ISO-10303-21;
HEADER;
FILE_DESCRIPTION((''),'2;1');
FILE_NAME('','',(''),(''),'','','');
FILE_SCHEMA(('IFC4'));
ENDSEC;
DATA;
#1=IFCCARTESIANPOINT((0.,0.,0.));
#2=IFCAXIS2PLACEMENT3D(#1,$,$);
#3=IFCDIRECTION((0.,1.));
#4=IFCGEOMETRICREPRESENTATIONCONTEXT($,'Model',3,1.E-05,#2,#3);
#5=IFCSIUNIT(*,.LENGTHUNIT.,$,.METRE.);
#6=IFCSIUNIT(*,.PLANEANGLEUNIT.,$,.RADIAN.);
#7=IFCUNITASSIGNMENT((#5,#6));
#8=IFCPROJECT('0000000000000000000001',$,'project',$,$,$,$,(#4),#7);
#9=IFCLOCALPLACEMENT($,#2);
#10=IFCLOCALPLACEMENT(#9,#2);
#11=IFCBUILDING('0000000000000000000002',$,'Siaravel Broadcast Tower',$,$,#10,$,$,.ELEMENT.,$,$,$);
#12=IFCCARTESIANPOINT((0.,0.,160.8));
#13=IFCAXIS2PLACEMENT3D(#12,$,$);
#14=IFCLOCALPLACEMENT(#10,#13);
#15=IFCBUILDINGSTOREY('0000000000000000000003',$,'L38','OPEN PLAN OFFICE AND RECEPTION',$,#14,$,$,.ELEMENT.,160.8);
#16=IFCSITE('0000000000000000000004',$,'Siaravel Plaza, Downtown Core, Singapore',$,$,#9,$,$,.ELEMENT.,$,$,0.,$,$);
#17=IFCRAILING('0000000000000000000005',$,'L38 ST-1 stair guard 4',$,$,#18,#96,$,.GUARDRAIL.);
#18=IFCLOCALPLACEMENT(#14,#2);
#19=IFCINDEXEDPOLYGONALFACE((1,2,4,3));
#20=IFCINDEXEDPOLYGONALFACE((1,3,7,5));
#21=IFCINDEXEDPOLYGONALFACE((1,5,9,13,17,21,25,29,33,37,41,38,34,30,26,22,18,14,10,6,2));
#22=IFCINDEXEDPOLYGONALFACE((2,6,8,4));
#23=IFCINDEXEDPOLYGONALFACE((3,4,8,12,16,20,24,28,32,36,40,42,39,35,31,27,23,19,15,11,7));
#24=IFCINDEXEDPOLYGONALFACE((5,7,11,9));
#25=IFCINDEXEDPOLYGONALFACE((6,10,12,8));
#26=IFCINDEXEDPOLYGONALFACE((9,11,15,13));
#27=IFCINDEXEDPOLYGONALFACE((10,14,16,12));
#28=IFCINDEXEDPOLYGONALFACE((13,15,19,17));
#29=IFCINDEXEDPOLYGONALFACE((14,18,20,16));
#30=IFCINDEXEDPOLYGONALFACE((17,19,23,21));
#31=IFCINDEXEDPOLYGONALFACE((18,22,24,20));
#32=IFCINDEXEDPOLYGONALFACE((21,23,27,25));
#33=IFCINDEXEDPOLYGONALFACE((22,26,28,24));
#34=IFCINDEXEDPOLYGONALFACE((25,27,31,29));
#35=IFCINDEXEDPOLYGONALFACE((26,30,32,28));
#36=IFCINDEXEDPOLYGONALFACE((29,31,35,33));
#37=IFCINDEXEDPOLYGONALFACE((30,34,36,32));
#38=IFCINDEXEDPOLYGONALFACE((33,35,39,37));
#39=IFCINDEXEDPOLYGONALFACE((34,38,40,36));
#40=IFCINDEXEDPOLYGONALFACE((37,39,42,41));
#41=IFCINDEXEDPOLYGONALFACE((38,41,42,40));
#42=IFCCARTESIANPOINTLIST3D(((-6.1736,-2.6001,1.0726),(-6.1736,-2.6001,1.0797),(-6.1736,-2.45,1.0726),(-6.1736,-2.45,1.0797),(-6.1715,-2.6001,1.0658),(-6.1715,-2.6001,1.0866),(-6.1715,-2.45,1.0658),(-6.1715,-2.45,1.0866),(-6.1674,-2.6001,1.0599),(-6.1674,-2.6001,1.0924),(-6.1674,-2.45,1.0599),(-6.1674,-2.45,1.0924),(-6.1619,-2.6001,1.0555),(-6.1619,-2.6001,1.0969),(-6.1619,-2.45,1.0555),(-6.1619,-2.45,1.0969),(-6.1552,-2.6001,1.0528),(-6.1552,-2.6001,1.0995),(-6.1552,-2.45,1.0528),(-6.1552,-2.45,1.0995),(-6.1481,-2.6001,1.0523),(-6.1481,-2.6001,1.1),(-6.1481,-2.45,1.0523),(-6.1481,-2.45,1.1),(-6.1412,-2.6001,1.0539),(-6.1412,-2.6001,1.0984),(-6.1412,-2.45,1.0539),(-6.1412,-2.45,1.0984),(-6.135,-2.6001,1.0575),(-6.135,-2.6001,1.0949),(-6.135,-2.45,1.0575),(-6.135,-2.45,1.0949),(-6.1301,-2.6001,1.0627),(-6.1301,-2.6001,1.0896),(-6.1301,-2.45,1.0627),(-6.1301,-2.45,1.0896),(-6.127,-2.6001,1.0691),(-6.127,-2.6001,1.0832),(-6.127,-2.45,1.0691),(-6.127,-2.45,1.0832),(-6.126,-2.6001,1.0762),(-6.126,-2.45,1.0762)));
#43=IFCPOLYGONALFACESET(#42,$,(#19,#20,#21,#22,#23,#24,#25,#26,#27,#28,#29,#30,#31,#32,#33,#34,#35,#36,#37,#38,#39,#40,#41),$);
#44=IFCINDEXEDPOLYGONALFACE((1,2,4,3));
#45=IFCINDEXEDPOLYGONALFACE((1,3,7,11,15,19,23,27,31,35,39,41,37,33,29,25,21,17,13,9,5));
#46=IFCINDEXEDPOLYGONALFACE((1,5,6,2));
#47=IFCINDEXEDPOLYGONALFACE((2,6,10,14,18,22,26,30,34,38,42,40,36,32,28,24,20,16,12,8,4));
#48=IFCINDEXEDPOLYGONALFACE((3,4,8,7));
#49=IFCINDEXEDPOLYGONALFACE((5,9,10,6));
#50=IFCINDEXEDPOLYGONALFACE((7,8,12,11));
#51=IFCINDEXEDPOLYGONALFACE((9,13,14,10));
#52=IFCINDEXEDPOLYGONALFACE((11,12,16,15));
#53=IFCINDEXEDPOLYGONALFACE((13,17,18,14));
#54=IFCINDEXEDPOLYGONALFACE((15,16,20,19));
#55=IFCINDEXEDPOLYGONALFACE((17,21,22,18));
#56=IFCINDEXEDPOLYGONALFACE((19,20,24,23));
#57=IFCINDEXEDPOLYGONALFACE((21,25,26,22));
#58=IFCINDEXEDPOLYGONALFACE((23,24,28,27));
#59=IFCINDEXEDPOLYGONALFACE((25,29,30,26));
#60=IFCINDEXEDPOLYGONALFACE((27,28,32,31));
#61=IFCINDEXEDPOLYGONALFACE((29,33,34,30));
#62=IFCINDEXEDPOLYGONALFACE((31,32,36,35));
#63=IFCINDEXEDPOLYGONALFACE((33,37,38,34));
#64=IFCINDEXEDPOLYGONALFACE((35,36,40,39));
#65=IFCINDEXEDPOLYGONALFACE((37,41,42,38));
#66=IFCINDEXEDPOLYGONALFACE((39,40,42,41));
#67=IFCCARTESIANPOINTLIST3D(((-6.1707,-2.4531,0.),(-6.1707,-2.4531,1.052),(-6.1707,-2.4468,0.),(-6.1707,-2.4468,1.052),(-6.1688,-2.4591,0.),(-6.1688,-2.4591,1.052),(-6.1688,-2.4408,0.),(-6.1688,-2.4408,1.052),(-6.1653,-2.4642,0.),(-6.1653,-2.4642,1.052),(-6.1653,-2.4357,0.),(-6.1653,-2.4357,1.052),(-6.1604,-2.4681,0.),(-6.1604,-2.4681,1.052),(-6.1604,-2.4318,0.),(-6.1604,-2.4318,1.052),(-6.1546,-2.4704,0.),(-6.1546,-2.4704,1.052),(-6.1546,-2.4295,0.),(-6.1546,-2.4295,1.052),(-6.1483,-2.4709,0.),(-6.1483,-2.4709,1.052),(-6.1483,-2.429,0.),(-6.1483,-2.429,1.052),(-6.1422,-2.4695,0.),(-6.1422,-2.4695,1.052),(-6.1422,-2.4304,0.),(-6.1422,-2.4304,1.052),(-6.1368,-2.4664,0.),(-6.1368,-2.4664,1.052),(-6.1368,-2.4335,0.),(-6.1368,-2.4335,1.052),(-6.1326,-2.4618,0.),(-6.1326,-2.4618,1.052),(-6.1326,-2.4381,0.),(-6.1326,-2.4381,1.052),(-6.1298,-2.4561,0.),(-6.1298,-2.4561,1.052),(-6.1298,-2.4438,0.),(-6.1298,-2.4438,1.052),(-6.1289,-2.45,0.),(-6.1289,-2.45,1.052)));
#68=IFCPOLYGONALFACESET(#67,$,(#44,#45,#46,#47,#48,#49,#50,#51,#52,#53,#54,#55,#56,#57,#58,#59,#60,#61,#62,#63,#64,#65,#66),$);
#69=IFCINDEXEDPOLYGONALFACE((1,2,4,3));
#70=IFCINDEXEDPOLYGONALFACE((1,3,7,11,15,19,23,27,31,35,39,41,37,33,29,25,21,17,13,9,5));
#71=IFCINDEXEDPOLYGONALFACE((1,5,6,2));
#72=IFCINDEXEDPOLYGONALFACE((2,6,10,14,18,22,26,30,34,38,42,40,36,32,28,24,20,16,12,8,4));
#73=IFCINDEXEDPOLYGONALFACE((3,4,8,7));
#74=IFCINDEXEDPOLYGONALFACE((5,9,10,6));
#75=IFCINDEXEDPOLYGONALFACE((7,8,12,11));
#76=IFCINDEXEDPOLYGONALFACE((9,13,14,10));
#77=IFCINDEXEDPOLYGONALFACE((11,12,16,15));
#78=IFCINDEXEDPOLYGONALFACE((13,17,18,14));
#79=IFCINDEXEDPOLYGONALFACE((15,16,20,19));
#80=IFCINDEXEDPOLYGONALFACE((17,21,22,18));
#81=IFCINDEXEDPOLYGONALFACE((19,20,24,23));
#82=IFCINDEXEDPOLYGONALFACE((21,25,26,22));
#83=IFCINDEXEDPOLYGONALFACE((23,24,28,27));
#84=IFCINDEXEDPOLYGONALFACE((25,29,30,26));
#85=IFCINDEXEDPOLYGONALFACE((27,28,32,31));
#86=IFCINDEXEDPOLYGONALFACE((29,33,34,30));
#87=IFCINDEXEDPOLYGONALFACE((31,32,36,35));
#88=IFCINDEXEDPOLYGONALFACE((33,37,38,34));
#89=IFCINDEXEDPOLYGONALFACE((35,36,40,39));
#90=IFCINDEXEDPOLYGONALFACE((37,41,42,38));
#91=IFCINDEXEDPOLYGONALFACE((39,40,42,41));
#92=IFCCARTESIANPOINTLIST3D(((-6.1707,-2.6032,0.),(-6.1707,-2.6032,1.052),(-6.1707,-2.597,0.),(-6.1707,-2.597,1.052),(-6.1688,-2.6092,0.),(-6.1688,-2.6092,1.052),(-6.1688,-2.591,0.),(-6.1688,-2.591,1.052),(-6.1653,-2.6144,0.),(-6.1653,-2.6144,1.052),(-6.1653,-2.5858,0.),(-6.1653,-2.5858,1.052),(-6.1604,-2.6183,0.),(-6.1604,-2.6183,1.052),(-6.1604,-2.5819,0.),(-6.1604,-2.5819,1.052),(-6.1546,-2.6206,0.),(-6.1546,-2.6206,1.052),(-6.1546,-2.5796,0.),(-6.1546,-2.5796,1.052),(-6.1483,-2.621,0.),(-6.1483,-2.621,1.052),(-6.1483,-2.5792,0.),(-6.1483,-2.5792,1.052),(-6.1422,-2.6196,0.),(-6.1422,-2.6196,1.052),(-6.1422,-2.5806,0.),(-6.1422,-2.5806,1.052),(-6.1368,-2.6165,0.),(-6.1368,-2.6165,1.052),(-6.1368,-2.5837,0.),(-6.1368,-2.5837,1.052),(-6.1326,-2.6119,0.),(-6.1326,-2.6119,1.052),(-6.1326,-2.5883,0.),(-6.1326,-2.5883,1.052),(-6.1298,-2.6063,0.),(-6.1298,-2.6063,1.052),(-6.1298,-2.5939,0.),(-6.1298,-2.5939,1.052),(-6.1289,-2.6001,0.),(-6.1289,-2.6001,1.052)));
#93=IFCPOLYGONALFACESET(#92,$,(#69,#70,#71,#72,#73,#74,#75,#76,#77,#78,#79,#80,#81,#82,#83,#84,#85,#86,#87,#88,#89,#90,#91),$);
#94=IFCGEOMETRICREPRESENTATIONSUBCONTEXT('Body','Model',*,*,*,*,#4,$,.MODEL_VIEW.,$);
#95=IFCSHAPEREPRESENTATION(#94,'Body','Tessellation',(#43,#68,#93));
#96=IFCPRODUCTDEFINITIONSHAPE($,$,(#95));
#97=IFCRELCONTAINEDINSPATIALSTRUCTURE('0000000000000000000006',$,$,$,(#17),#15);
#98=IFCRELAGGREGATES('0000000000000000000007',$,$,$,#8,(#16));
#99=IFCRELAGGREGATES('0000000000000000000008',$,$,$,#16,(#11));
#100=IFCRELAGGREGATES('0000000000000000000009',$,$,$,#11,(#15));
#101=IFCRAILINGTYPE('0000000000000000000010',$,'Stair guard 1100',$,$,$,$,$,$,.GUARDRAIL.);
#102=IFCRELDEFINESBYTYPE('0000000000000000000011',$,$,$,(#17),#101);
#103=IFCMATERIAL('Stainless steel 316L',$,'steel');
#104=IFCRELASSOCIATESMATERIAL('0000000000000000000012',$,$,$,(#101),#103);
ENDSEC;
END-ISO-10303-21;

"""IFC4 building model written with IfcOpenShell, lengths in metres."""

from ifc_helpers import new_model, si_unit, direction, frame, origin, origin_2d, place, context, subcontext, project, spatial, circle, extrude, material, type_object, element, save


model = new_model("IFC4")

# Units and contexts
model_context = context("Model", 3, precision=1e-05, world=origin(), true_north=direction((0.0, 1.0)))
body_context = subcontext(model_context, "Body", "Model", "MODEL_VIEW")
ifc_project = project(units=[si_unit("LENGTHUNIT", "METRE"), si_unit("PLANEANGLEUNIT", "RADIAN")], contexts=[model_context])

# Site, building, storey
site_placement = place(None, origin())
site = spatial("IfcSite", under=ifc_project, at=site_placement, Name="Siaravel Plaza, Downtown Core, Singapore", CompositionType="ELEMENT", RefElevation=0.0)
building_placement = place(site_placement, origin())
building = spatial("IfcBuilding", under=site, at=building_placement, Name="Siaravel Broadcast Tower", CompositionType="ELEMENT")
storey_placement = place(building_placement, frame((0.0, 0.0, 160.8)))
storey = spatial("IfcBuildingStorey", under=building, at=storey_placement, Name="L38", Description="OPEN PLAN OFFICE AND RECEPTION", CompositionType="ELEMENT", Elevation=160.8)

# Shared definitions
ifc_material_1 = material(Name="Stainless steel 316L", Category="steel")

# Railing
railing_type_1 = type_object("IfcRailingType", Name="Stair guard 1100", PredefinedType="GUARDRAIL", material=ifc_material_1)
railing_1_placement = place(storey_placement, frame((-6.1499, -2.45, 0.0)))
element("IfcRailing", 1, at=railing_1_placement, inside=storey, type_object=railing_type_1, Name="L38 ST-1 stair guard 4", PredefinedType="GUARDRAIL", context=body_context, shape_type="SweptSolid", body=[
    extrude(circle(Radius=0.0239, at=origin_2d()), frame((0.0, 0.0, 1.0762), z_axis=(0.0, -1.0, 0.0), x_axis=(1.0, 0.0, 0.0)), (0.0, 0.0, 1.0), 0.1501),
    extrude(circle(Radius=0.021, at=origin_2d()), origin(), (0.0, 0.0, 1.0), 1.052),
    extrude(circle(Radius=0.021, at=origin_2d()), frame((0.0, -0.1501, 0.0)), (0.0, 0.0, 1.0), 1.052),
])

save(model, "model.ifc")
